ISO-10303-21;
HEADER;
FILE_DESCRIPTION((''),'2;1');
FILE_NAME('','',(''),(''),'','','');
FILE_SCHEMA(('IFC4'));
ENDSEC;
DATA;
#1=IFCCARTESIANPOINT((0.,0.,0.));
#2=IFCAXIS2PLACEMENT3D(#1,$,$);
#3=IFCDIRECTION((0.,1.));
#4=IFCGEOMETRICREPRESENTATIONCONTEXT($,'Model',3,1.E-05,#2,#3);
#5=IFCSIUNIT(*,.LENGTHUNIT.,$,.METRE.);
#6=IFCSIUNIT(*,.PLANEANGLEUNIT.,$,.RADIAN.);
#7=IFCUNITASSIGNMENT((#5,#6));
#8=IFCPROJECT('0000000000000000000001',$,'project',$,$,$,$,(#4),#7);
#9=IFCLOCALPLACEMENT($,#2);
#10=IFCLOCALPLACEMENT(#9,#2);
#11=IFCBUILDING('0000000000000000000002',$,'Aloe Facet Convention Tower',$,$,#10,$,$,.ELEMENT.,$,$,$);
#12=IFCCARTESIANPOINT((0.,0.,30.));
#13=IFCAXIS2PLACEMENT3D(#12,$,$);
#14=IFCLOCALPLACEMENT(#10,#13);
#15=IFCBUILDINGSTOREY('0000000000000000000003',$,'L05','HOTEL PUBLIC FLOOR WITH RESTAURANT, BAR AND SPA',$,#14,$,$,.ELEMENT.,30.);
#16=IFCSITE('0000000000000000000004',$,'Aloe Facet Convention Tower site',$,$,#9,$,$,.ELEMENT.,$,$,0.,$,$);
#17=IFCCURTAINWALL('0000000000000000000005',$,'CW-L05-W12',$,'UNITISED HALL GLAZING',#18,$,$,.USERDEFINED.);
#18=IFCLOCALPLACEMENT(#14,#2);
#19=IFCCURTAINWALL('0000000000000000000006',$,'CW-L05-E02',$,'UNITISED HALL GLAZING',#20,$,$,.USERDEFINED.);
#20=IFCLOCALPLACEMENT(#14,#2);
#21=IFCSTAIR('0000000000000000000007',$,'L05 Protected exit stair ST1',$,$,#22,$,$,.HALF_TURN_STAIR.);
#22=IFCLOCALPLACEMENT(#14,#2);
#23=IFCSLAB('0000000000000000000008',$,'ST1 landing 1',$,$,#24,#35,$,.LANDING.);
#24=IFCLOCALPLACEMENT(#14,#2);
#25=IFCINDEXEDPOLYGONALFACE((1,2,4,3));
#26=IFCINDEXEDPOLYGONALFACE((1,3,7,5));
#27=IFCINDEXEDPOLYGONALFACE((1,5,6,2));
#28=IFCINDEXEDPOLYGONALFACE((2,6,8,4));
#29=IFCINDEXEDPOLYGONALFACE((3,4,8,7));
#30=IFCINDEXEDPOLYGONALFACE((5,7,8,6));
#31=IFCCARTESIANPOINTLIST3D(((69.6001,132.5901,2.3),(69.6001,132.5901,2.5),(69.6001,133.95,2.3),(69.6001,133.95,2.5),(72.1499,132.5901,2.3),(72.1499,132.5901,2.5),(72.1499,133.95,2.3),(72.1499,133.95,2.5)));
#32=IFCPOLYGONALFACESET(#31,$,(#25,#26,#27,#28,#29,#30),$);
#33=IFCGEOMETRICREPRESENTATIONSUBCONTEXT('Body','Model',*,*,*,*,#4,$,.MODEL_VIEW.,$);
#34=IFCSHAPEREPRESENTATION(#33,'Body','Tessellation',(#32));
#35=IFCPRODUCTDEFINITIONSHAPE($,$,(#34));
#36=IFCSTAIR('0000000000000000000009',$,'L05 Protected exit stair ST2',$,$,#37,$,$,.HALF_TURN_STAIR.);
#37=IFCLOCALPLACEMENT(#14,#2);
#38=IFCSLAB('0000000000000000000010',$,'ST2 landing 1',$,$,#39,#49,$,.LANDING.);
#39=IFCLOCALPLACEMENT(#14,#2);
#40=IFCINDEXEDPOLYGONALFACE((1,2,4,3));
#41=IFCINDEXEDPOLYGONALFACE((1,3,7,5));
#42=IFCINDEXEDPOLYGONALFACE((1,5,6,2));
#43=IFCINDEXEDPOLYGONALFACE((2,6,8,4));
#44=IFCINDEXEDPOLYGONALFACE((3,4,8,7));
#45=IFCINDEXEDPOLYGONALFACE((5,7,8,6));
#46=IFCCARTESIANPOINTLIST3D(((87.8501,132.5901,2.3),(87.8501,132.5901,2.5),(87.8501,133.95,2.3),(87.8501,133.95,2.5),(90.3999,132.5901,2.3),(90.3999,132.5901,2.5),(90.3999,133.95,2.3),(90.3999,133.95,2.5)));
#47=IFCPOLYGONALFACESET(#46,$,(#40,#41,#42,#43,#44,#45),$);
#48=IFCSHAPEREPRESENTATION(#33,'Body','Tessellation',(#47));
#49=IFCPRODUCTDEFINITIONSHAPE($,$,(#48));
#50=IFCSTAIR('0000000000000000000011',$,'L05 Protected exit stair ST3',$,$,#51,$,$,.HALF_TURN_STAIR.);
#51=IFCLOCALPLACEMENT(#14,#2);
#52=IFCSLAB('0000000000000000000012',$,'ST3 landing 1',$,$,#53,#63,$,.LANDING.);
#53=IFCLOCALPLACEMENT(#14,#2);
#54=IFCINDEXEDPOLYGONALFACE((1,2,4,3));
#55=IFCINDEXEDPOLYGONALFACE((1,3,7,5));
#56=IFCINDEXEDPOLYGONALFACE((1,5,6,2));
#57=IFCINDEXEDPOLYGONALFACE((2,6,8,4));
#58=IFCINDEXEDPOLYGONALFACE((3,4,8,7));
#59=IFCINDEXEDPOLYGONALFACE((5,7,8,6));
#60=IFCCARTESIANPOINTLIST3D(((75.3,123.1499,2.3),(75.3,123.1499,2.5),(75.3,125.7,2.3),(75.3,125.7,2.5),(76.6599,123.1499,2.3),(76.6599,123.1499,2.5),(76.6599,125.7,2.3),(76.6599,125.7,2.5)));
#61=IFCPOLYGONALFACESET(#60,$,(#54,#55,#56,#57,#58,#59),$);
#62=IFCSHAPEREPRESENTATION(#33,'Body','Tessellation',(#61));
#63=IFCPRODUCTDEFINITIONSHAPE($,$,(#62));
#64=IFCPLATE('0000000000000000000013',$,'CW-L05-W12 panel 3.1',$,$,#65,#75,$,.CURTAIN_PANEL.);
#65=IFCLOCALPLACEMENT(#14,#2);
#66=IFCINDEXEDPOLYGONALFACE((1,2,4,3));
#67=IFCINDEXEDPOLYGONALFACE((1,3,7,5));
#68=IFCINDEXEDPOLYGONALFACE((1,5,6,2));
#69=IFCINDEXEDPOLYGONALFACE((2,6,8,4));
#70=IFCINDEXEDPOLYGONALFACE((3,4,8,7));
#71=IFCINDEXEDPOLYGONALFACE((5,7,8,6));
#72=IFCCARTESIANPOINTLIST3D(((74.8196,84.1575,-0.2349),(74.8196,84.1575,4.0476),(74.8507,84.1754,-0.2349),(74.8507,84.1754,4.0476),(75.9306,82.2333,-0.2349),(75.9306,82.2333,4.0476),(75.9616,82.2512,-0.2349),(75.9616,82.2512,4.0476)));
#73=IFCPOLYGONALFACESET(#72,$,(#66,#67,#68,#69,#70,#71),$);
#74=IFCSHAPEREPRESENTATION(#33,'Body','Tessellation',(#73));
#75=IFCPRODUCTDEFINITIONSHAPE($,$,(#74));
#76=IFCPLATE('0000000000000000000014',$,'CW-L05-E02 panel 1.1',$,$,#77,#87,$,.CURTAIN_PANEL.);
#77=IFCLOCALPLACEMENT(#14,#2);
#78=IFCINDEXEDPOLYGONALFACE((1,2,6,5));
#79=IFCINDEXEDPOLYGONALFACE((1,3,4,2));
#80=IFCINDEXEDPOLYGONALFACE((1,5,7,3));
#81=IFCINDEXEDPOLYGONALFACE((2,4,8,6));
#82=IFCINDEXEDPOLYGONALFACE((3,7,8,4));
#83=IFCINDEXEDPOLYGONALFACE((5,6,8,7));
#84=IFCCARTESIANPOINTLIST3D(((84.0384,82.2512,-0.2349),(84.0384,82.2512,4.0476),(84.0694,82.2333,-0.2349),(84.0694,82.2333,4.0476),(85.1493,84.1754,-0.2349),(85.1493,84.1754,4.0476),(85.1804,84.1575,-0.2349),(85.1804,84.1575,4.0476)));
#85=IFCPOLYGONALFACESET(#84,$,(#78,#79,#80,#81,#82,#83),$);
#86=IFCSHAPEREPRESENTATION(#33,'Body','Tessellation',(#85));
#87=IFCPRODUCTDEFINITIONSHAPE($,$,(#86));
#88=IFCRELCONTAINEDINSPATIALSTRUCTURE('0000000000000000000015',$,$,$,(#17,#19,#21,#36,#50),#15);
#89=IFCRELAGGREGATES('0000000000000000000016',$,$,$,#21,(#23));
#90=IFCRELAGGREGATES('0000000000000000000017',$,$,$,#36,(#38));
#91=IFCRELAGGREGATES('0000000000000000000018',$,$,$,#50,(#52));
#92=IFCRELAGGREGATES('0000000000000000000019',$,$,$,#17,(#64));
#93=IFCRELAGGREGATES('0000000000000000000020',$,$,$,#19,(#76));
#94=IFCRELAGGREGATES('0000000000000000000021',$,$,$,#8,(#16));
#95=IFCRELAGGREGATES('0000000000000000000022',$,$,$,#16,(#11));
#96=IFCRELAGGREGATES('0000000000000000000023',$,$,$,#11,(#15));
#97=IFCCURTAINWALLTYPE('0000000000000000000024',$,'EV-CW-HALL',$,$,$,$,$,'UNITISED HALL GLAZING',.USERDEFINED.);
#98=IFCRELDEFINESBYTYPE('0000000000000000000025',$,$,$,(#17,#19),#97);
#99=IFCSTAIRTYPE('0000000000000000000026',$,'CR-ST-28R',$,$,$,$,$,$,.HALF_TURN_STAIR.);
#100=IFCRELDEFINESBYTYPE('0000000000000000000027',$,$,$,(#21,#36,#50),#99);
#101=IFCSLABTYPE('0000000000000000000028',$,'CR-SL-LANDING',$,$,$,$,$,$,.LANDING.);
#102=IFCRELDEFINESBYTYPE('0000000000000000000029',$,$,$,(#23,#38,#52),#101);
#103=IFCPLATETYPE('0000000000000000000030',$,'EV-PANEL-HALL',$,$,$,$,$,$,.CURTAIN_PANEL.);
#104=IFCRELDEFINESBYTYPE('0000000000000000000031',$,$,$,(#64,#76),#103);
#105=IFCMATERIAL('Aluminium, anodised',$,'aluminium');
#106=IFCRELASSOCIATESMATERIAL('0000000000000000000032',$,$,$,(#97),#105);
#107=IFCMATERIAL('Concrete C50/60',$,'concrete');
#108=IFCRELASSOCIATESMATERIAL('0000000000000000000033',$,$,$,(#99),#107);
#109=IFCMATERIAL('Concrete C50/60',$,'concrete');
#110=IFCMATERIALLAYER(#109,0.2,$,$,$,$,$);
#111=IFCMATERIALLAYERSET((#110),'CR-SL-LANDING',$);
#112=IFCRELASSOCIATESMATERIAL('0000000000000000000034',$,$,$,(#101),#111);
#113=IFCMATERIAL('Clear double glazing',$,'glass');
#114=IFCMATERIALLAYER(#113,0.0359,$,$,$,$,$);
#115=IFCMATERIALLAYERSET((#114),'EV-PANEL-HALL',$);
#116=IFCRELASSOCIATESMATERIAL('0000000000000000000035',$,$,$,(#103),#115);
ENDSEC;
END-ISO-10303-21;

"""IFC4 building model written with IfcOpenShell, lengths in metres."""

from ifc_helpers import new_model, si_unit, direction, frame, origin, origin_2d, place, context, subcontext, project, spatial, polyline, rectangle, outline, extrude, material, layer, layer_set, type_object, element, aggregate, save


model = new_model("IFC4")

# Units and contexts
model_context = context("Model", 3, precision=1e-05, world=origin(), true_north=direction((0.0, 1.0)))
body_context = subcontext(model_context, "Body", "Model", "MODEL_VIEW")
ifc_project = project(units=[si_unit("LENGTHUNIT", "METRE"), si_unit("PLANEANGLEUNIT", "RADIAN")], contexts=[model_context])

# Site, building, storey
site_placement = place(None, origin())
site = spatial("IfcSite", under=ifc_project, at=site_placement, Name="Aloe Facet Convention Tower site", CompositionType="ELEMENT", RefElevation=0.0)
building_placement = place(site_placement, origin())
building = spatial("IfcBuilding", under=site, at=building_placement, Name="Aloe Facet Convention Tower", CompositionType="ELEMENT")
storey_placement = place(building_placement, frame((0.0, 0.0, 30.0)))
storey = spatial("IfcBuildingStorey", under=building, at=storey_placement, Name="L05", Description="HOTEL PUBLIC FLOOR WITH RESTAURANT, BAR AND SPA", CompositionType="ELEMENT", Elevation=30.0)

# Curtain walls
ifc_material_1 = material(Name="Aluminium, anodised", Category="aluminium")
curtain_wall_type = type_object("IfcCurtainWallType", Name="EV-CW-HALL", ElementType="UNITISED HALL GLAZING", PredefinedType="USERDEFINED", material=ifc_material_1)
curtain_wall_1_placement = place(storey_placement, origin())
curtain_wall_1 = element("IfcCurtainWall", 1, at=curtain_wall_1_placement, inside=storey, type_object=curtain_wall_type, Name="CW-L05-W12", ObjectType="UNITISED HALL GLAZING", PredefinedType="USERDEFINED")
curtain_wall_2_placement = place(storey_placement, origin())
curtain_wall_2 = element("IfcCurtainWall", 2, at=curtain_wall_2_placement, inside=storey, type_object=curtain_wall_type, Name="CW-L05-E02", ObjectType="UNITISED HALL GLAZING", PredefinedType="USERDEFINED")

# Stairs, slabs
ifc_material_2 = material(Name="Concrete C50/60", Category="concrete")
stair_type = type_object("IfcStairType", Name="CR-ST-28R", PredefinedType="HALF_TURN_STAIR", material=ifc_material_2)
stair_1_placement = place(storey_placement, origin())
stair_1 = element("IfcStair", 3, at=stair_1_placement, inside=storey, type_object=stair_type, Name="L05 Protected exit stair ST1", PredefinedType="HALF_TURN_STAIR")
ifc_material_3 = material(Name="Concrete C50/60", Category="concrete")
ifc_layer_1 = layer(ifc_material_3, 0.2)
ifc_layer_set_1 = layer_set([ifc_layer_1], Name="CR-SL-LANDING")
slab_type_1 = type_object("IfcSlabType", Name="CR-SL-LANDING", PredefinedType="LANDING", material=ifc_layer_set_1)
slab_1_placement = place(storey_placement, frame((0.0, 0.0, 2.3)))
slab_1 = element("IfcSlab", 4, at=slab_1_placement, type_object=slab_type_1, Name="ST1 landing 1", PredefinedType="LANDING", context=body_context, shape_type="SweptSolid", body=[
    extrude(outline(polyline([(72.1499, 132.5901), (72.1499, 133.95), (69.6001, 133.95), (69.6001, 132.5901), (72.1499, 132.5901)])), origin(), (0.0, 0.0, 1.0), 0.2),
])
aggregate(stair_1, [slab_1])
stair_2_placement = place(storey_placement, origin())
stair_2 = element("IfcStair", 5, at=stair_2_placement, inside=storey, type_object=stair_type, Name="L05 Protected exit stair ST2", PredefinedType="HALF_TURN_STAIR")
slab_2_placement = place(storey_placement, frame((0.0, 0.0, 2.3)))
slab_2 = element("IfcSlab", 6, at=slab_2_placement, type_object=slab_type_1, Name="ST2 landing 1", PredefinedType="LANDING", context=body_context, shape_type="SweptSolid", body=[
    extrude(outline(polyline([(90.3999, 132.5901), (90.3999, 133.95), (87.8501, 133.95), (87.8501, 132.5901), (90.3999, 132.5901)])), origin(), (0.0, 0.0, 1.0), 0.2),
])
aggregate(stair_2, [slab_2])
stair_3_placement = place(storey_placement, origin())
stair_3 = element("IfcStair", 7, at=stair_3_placement, inside=storey, type_object=stair_type, Name="L05 Protected exit stair ST3", PredefinedType="HALF_TURN_STAIR")
slab_3_placement = place(storey_placement, frame((0.0, 0.0, 2.3)))
slab_3 = element("IfcSlab", 8, at=slab_3_placement, type_object=slab_type_1, Name="ST3 landing 1", PredefinedType="LANDING", context=body_context, shape_type="SweptSolid", body=[
    extrude(outline(polyline([(76.6599, 125.7), (75.3, 125.7), (75.3, 123.1499), (76.6599, 123.1499), (76.6599, 125.7)])), origin(), (0.0, 0.0, 1.0), 0.2),
])
aggregate(stair_3, [slab_3])

# Plates
ifc_material_4 = material(Name="Clear double glazing", Category="glass")
ifc_layer_2 = layer(ifc_material_4, 0.0359)
ifc_layer_set_2 = layer_set([ifc_layer_2], Name="EV-PANEL-HALL")
plate_type = type_object("IfcPlateType", Name="EV-PANEL-HALL", PredefinedType="CURTAIN_PANEL", material=ifc_layer_set_2)
plate_1_placement = place(storey_placement, frame((75.3906, 83.2043, -0.2349), z_axis=(0.0, 0.0, 1.0), x_axis=(0.5, -0.866025, 0.0)))
plate_1 = element("IfcPlate", 9, at=plate_1_placement, type_object=plate_type, Name="CW-L05-W12 panel 3.1", PredefinedType="CURTAIN_PANEL", context=body_context, shape_type="SweptSolid", body=[
    extrude(rectangle(XDim=2.2219, YDim=0.0359, at=origin_2d()), origin(), (0.0, 0.0, 1.0), 4.2825),
])
aggregate(curtain_wall_1, [plate_1])
plate_2_placement = place(storey_placement, frame((84.6094, 83.2043, -0.2349), z_axis=(0.0, 0.0, 1.0), x_axis=(0.5, 0.866025, 0.0)))
plate_2 = element("IfcPlate", 10, at=plate_2_placement, type_object=plate_type, Name="CW-L05-E02 panel 1.1", PredefinedType="CURTAIN_PANEL", context=body_context, shape_type="SweptSolid", body=[
    extrude(rectangle(XDim=2.2219, YDim=0.0359, at=origin_2d()), origin(), (0.0, 0.0, 1.0), 4.2825),
])
aggregate(curtain_wall_2, [plate_2])

save(model, "model.ifc")
